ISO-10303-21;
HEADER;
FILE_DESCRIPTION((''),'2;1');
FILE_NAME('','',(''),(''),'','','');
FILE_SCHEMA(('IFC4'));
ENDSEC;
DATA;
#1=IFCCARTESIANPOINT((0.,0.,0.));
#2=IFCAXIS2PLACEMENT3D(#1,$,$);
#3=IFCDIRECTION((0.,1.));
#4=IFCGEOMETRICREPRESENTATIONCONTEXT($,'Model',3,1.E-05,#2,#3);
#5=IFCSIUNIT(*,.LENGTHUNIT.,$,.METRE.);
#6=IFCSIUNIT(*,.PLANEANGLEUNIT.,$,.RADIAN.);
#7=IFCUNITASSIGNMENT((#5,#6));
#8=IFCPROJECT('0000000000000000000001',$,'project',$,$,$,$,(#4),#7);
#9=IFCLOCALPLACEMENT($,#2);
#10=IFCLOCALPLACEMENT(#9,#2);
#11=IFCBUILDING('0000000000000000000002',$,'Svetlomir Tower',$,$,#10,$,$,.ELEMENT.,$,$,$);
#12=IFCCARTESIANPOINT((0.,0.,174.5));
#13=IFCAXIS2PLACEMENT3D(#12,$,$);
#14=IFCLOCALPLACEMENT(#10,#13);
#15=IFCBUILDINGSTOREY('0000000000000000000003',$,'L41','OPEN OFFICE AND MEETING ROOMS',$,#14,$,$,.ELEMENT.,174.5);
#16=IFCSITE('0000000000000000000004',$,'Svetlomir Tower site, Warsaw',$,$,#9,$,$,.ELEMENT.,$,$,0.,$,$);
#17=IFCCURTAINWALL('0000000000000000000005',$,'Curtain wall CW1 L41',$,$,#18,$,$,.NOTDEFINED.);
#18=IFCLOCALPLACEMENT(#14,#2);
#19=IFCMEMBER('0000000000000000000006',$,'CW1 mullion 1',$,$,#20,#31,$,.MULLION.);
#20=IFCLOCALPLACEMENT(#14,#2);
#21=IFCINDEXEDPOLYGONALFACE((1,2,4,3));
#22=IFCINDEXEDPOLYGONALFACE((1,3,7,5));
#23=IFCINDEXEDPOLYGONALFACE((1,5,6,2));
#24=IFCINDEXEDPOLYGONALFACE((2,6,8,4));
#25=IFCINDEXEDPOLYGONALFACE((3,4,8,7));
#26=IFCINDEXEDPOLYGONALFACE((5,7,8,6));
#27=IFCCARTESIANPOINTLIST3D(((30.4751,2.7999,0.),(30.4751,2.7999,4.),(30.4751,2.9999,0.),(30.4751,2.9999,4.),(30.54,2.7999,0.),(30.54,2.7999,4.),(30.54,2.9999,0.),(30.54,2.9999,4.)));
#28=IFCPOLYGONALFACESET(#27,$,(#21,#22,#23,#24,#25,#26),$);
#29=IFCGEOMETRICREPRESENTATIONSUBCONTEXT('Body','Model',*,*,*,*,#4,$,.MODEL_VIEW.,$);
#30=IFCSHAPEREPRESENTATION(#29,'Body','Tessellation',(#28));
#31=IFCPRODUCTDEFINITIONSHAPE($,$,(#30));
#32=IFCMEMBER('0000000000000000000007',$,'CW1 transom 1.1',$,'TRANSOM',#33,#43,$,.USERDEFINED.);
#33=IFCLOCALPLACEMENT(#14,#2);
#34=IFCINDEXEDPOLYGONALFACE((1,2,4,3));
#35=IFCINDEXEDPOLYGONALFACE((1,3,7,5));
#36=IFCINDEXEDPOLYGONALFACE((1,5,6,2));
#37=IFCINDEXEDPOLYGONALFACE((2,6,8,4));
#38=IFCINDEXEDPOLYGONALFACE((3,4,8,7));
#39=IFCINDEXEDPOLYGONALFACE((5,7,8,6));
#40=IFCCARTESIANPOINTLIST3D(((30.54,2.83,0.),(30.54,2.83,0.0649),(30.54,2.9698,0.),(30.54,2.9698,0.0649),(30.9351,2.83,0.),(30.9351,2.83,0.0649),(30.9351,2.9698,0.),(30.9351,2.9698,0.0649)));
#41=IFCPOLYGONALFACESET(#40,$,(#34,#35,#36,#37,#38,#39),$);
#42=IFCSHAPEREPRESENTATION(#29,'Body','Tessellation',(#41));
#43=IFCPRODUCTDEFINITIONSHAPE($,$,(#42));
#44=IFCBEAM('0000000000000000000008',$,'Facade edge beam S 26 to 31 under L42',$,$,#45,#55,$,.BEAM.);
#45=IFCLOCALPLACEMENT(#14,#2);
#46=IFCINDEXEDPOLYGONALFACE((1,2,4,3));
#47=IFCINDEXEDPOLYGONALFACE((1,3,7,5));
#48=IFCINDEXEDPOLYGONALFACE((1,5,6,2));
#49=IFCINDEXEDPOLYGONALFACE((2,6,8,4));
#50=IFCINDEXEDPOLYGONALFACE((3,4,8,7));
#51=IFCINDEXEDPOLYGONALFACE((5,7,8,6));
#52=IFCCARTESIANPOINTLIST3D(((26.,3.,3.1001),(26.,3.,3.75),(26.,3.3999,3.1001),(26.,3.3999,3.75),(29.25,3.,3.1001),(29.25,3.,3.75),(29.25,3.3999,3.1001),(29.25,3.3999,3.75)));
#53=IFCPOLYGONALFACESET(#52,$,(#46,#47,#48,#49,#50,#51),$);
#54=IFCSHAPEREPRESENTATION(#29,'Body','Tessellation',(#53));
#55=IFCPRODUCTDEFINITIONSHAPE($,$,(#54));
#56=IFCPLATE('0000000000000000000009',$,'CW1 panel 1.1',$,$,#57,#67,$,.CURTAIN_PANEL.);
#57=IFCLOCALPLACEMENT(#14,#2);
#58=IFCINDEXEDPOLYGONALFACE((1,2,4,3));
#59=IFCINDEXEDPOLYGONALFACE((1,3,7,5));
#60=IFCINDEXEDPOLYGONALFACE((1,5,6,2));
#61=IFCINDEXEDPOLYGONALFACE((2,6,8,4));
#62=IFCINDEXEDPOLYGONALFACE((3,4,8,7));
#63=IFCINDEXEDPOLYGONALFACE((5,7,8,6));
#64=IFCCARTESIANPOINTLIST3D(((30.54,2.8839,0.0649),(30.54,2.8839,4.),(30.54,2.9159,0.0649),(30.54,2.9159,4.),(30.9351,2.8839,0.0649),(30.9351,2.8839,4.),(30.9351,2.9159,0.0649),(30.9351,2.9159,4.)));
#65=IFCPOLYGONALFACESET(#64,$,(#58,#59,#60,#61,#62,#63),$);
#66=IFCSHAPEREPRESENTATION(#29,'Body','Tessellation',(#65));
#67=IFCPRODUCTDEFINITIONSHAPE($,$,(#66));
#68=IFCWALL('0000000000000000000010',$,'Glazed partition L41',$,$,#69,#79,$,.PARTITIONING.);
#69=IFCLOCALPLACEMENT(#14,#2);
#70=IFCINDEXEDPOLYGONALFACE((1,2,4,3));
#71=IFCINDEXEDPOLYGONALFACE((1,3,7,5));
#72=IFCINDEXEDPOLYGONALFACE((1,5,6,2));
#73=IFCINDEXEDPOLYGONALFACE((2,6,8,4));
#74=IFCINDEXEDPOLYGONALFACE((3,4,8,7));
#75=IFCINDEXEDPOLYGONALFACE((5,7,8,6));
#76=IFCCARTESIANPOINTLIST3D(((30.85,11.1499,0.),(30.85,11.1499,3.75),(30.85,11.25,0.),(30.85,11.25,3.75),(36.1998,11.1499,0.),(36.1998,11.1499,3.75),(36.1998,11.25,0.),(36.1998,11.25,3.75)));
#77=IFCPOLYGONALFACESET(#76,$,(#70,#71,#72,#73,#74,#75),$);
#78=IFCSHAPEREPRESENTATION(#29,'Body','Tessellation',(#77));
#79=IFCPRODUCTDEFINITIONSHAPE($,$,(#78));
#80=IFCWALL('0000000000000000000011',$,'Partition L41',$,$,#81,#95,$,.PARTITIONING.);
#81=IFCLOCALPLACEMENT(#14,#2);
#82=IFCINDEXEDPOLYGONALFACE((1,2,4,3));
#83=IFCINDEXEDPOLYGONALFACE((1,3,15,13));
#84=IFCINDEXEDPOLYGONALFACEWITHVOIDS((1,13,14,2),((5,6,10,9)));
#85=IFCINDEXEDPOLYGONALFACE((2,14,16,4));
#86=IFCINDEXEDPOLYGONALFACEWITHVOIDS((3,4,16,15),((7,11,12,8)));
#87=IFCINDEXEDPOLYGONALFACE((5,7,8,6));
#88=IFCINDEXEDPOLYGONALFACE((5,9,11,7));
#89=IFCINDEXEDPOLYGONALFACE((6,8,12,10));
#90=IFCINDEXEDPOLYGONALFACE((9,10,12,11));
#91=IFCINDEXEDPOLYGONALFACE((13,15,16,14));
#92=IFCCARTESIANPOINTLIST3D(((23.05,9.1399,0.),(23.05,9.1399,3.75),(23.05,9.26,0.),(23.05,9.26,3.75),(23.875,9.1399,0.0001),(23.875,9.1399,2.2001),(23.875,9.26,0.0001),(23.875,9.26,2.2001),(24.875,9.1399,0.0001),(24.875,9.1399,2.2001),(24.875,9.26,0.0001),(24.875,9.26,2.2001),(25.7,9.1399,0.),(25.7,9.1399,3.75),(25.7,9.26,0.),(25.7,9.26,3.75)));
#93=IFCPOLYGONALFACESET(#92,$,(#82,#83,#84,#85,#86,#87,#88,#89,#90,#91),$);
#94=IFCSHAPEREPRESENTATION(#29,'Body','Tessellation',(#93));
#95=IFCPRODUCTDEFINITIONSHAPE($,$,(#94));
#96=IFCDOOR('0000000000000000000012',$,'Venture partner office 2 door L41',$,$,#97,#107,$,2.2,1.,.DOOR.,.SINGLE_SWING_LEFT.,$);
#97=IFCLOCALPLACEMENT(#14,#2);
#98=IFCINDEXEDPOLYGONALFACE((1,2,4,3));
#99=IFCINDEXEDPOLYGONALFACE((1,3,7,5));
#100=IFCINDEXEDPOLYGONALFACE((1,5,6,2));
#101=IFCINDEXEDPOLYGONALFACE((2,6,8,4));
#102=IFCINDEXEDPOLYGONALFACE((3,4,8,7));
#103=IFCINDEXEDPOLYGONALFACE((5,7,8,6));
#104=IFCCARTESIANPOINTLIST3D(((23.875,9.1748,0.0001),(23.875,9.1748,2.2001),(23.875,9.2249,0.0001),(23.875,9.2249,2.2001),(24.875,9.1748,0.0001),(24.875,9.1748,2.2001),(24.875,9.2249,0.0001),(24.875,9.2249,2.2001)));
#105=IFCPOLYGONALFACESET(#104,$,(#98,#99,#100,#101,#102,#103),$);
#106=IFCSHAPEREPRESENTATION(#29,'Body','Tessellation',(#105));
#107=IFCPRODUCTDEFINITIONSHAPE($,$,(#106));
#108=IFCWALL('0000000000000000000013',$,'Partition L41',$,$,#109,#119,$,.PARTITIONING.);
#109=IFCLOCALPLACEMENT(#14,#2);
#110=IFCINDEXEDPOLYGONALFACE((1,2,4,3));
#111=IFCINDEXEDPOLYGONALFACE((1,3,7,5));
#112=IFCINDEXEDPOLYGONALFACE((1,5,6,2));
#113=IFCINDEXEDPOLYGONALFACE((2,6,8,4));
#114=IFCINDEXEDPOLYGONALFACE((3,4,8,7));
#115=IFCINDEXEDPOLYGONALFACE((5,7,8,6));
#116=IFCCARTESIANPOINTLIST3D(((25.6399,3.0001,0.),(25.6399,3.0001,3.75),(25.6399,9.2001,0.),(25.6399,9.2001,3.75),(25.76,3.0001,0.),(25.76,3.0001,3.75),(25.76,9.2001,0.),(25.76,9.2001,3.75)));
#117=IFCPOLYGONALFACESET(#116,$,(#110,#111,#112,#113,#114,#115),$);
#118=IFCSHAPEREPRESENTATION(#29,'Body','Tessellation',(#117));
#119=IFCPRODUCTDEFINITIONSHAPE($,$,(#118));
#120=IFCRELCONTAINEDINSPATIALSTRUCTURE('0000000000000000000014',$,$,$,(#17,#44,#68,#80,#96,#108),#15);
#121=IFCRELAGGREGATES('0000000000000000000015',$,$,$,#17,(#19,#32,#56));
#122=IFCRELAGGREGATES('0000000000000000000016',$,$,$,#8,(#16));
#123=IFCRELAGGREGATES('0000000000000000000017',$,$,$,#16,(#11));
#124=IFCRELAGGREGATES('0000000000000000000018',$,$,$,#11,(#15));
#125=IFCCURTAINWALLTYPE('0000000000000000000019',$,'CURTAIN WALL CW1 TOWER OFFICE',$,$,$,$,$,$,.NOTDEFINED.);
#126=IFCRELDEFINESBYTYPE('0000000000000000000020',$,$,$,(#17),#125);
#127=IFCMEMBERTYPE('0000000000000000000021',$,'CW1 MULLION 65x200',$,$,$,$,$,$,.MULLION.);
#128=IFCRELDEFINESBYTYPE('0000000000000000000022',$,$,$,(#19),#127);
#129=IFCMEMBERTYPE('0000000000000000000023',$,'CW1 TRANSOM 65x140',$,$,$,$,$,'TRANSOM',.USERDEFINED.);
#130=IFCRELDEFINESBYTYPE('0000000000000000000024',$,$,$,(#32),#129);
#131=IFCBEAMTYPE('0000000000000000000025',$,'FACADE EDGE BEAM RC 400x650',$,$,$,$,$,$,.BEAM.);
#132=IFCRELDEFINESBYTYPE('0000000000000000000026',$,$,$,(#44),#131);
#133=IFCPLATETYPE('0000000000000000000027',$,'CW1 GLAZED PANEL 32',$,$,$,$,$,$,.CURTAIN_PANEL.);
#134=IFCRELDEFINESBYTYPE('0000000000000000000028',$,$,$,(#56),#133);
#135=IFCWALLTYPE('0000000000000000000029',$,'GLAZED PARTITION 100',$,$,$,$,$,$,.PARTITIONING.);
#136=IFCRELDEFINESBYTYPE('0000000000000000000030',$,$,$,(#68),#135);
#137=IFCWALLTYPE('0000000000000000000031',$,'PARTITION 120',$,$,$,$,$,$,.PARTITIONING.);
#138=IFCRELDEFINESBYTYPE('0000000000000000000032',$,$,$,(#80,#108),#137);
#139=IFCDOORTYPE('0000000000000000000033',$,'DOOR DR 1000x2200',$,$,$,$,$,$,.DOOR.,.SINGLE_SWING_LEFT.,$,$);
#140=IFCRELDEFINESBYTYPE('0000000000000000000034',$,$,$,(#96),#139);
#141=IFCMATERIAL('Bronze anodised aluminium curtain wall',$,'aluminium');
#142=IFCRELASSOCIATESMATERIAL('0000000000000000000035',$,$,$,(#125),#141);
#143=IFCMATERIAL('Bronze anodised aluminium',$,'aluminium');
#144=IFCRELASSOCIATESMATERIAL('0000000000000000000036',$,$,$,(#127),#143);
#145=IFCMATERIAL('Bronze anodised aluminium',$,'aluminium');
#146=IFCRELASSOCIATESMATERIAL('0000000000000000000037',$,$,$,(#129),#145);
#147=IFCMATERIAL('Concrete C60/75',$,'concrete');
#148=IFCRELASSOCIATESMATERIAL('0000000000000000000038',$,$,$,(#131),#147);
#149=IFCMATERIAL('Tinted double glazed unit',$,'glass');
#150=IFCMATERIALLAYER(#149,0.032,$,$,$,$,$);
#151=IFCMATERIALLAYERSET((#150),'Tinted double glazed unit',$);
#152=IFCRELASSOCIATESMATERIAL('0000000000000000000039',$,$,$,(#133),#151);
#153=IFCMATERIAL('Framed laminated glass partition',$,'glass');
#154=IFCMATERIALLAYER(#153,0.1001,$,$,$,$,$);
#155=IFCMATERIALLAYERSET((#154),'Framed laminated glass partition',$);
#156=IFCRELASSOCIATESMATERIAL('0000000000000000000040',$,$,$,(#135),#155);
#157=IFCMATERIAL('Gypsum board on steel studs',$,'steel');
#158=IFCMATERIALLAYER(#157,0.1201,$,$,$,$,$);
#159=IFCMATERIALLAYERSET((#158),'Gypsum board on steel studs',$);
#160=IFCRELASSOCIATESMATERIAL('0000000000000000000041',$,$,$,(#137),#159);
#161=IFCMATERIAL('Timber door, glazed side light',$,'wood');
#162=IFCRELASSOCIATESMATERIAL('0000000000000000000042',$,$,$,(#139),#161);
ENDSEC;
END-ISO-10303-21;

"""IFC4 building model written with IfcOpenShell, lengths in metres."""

from ifc_helpers import new_model, si_unit, direction, frame, frame_2d, origin, origin_2d, place, context, subcontext, project, spatial, rectangle, extrude, material, layer, layer_set, material_profile, profile_set, type_object, element, fill, aggregate, save


model = new_model("IFC4")

# Units and contexts
model_context = context("Model", 3, precision=1e-05, world=origin(), true_north=direction((0.0, 1.0)))
body_context = subcontext(model_context, "Body", "Model", "MODEL_VIEW")
ifc_project = project(units=[si_unit("LENGTHUNIT", "METRE"), si_unit("PLANEANGLEUNIT", "RADIAN")], contexts=[model_context])

# Site, building, storey
site_placement = place(None, origin())
site = spatial("IfcSite", under=ifc_project, at=site_placement, Name="Svetlomir Tower site, Warsaw", CompositionType="ELEMENT", RefElevation=0.0)
building_placement = place(site_placement, origin())
building = spatial("IfcBuilding", under=site, at=building_placement, Name="Svetlomir Tower", CompositionType="ELEMENT")
storey_placement = place(building_placement, frame((0.0, 0.0, 174.5)))
storey = spatial("IfcBuildingStorey", under=building, at=storey_placement, Name="L41", Description="OPEN OFFICE AND MEETING ROOMS", CompositionType="ELEMENT", Elevation=174.5)

# Curtain wall, members
ifc_material_1 = material(Name="Bronze anodised aluminium curtain wall", Category="aluminium")
curtain_wall_type = type_object("IfcCurtainWallType", Name="CURTAIN WALL CW1 TOWER OFFICE", PredefinedType="NOTDEFINED", material=ifc_material_1)
curtain_wall_placement = place(storey_placement, origin())
curtain_wall = element("IfcCurtainWall", 1, at=curtain_wall_placement, inside=storey, type_object=curtain_wall_type, Name="Curtain wall CW1 L41", PredefinedType="NOTDEFINED")
ifc_material_2 = material(Name="Bronze anodised aluminium", Category="aluminium")
ifc_material_profile_1 = material_profile(ifc_material_2, rectangle(XDim=0.0649, YDim=0.2, at=origin_2d()), Name="AL 65x200")
ifc_profile_set_1 = profile_set([ifc_material_profile_1], Name="Bronze anodised aluminium 6063-T6")
member_type_1 = type_object("IfcMemberType", Name="CW1 MULLION 65x200", PredefinedType="MULLION", material=ifc_profile_set_1)
member_1_placement = place(storey_placement, frame((30.5076, 2.8999, 0.0), z_axis=(0.0, 0.0, 1.0), x_axis=(1.0, 0.0, 0.0)))
member_1 = element("IfcMember", 2, at=member_1_placement, type_object=member_type_1, Name="CW1 mullion 1", PredefinedType="MULLION", context=body_context, shape_type="SweptSolid", body=[
    extrude(rectangle(XDim=0.0649, YDim=0.2, at=origin_2d()), origin(), (0.0, 0.0, 1.0), 4.0),
])
ifc_material_3 = material(Name="Bronze anodised aluminium", Category="aluminium")
ifc_material_profile_2 = material_profile(ifc_material_3, rectangle(XDim=0.1399, YDim=0.0649, at=origin_2d()), Name="AL 140x65")
ifc_profile_set_2 = profile_set([ifc_material_profile_2], Name="Bronze anodised aluminium 6063-T6")
member_type_2 = type_object("IfcMemberType", Name="CW1 TRANSOM 65x140", ElementType="TRANSOM", PredefinedType="USERDEFINED", material=ifc_profile_set_2)
member_2_placement = place(storey_placement, frame((30.54, 2.8999, 0.0325), z_axis=(1.0, 0.0, 0.0), x_axis=(0.0, 1.0, 0.0)))
member_2 = element("IfcMember", 3, at=member_2_placement, type_object=member_type_2, Name="CW1 transom 1.1", ObjectType="TRANSOM", PredefinedType="USERDEFINED", context=body_context, shape_type="SweptSolid", body=[
    extrude(rectangle(XDim=0.1399, YDim=0.0649, at=origin_2d()), origin(), (0.0, 0.0, 1.0), 0.395),
])

# Beam
ifc_material_4 = material(Name="Concrete C60/75", Category="concrete")
ifc_material_profile_3 = material_profile(ifc_material_4, rectangle(XDim=0.3999, YDim=0.6499, at=origin_2d()), Name="RC 400x650")
ifc_profile_set_3 = profile_set([ifc_material_profile_3], Name="Concrete C60/75")
beam_type = type_object("IfcBeamType", Name="FACADE EDGE BEAM RC 400x650", PredefinedType="BEAM", material=ifc_profile_set_3)
beam_placement = place(storey_placement, frame((26.0, 3.2, 3.425), z_axis=(1.0, 0.0, 0.0), x_axis=(0.0, 1.0, 0.0)))
element("IfcBeam", 4, at=beam_placement, inside=storey, type_object=beam_type, Name="Facade edge beam S 26 to 31 under L42", PredefinedType="BEAM", context=body_context, shape_type="SweptSolid", body=[
    extrude(rectangle(XDim=0.3999, YDim=0.6499, at=origin_2d()), origin(), (0.0, 0.0, 1.0), 3.25),
])

# Plate
ifc_material_5 = material(Name="Tinted double glazed unit", Category="glass")
ifc_layer_1 = layer(ifc_material_5, 0.032)
ifc_layer_set_1 = layer_set([ifc_layer_1], Name="Tinted double glazed unit")
plate_type = type_object("IfcPlateType", Name="CW1 GLAZED PANEL 32", PredefinedType="CURTAIN_PANEL", material=ifc_layer_set_1)
plate_placement = place(storey_placement, frame((30.7375, 2.8999, 0.0649), z_axis=(0.0, 0.0, 1.0), x_axis=(1.0, 0.0, 0.0)))
plate = element("IfcPlate", 5, at=plate_placement, type_object=plate_type, Name="CW1 panel 1.1", PredefinedType="CURTAIN_PANEL", context=body_context, shape_type="SweptSolid", body=[
    extrude(rectangle(XDim=0.395, YDim=0.032, at=origin_2d()), origin(), (0.0, 0.0, 1.0), 3.9351),
])
aggregate(curtain_wall, [member_1, member_2, plate])

# Wall
ifc_material_6 = material(Name="Framed laminated glass partition", Category="glass")
ifc_layer_2 = layer(ifc_material_6, 0.1001)
ifc_layer_set_2 = layer_set([ifc_layer_2], Name="Framed laminated glass partition")
wall_type_1 = type_object("IfcWallType", Name="GLAZED PARTITION 100", PredefinedType="PARTITIONING", material=ifc_layer_set_2)
wall_1_placement = place(storey_placement, frame((30.8501, 11.2, 0.0), z_axis=(0.0, 0.0, 1.0), x_axis=(1.0, 0.0, 0.0)))
element("IfcWall", 6, at=wall_1_placement, inside=storey, type_object=wall_type_1, Name="Glazed partition L41", PredefinedType="PARTITIONING", context=body_context, shape_type="SweptSolid", body=[
    extrude(rectangle(XDim=5.3499, YDim=0.1001, at=frame_2d((2.6748, 0.0))), origin(), (0.0, 0.0, 1.0), 3.75),
])

# Wall, opening, door
ifc_material_7 = material(Name="Gypsum board on steel studs", Category="steel")
ifc_layer_3 = layer(ifc_material_7, 0.1201)
ifc_layer_set_3 = layer_set([ifc_layer_3], Name="Gypsum board on steel studs")
wall_type_2 = type_object("IfcWallType", Name="PARTITION 120", PredefinedType="PARTITIONING", material=ifc_layer_set_3)
wall_2_placement = place(storey_placement, frame((23.05, 9.2, 0.0), z_axis=(0.0, 0.0, 1.0), x_axis=(1.0, 0.0, 0.0)))
wall_2 = element("IfcWall", 7, at=wall_2_placement, inside=storey, type_object=wall_type_2, Name="Partition L41", PredefinedType="PARTITIONING", context=body_context, shape_type="SweptSolid", body=[
    extrude(rectangle(XDim=2.6499, YDim=0.1201, at=frame_2d((1.325, 0.0))), origin(), (0.0, 0.0, 1.0), 3.75),
])
opening_placement = place(wall_2_placement, frame((0.825, 0.0, 0.0)))
opening = element("IfcOpeningElement", 8, at=opening_placement, cuts=wall_2, PredefinedType="OPENING", context=body_context, shape_type="SweptSolid", body=[
    extrude(rectangle(XDim=1.0, YDim=2.2, at=frame_2d((0.5, 1.1001))), frame((0.0, 0.0701, 0.0), z_axis=(0.0, -1.0, 0.0), x_axis=(1.0, 0.0, 0.0)), (0.0, 0.0, 1.0), 0.1401),
])
ifc_material_8 = material(Name="Timber door, glazed side light", Category="wood")
door_type = type_object("IfcDoorType", Name="DOOR DR 1000x2200", OperationType="SINGLE_SWING_LEFT", PredefinedType="DOOR", material=ifc_material_8)
door_placement = place(opening_placement, origin())
door = element("IfcDoor", 9, at=door_placement, inside=storey, type_object=door_type, Name="Venture partner office 2 door L41", OperationType="SINGLE_SWING_LEFT", OverallHeight=2.2, OverallWidth=1.0, PredefinedType="DOOR", context=body_context, shape_type="SweptSolid", body=[
    extrude(rectangle(XDim=1.0, YDim=2.2, at=frame_2d((0.5, 1.1001))), frame((0.0, 0.0249, 0.0), z_axis=(0.0, -1.0, 0.0), x_axis=(1.0, 0.0, 0.0)), (0.0, 0.0, 1.0), 0.05),
])
fill(opening, door)

# Wall
wall_3_placement = place(storey_placement, frame((25.7, 3.0, 0.0), z_axis=(0.0, 0.0, 1.0), x_axis=(0.0, 1.0, 0.0)))
element("IfcWall", 10, at=wall_3_placement, inside=storey, type_object=wall_type_2, Name="Partition L41", PredefinedType="PARTITIONING", context=body_context, shape_type="SweptSolid", body=[
    extrude(rectangle(XDim=6.2, YDim=0.1201, at=frame_2d((3.1001, 0.0))), origin(), (0.0, 0.0, 1.0), 3.75),
])

save(model, "model.ifc")
